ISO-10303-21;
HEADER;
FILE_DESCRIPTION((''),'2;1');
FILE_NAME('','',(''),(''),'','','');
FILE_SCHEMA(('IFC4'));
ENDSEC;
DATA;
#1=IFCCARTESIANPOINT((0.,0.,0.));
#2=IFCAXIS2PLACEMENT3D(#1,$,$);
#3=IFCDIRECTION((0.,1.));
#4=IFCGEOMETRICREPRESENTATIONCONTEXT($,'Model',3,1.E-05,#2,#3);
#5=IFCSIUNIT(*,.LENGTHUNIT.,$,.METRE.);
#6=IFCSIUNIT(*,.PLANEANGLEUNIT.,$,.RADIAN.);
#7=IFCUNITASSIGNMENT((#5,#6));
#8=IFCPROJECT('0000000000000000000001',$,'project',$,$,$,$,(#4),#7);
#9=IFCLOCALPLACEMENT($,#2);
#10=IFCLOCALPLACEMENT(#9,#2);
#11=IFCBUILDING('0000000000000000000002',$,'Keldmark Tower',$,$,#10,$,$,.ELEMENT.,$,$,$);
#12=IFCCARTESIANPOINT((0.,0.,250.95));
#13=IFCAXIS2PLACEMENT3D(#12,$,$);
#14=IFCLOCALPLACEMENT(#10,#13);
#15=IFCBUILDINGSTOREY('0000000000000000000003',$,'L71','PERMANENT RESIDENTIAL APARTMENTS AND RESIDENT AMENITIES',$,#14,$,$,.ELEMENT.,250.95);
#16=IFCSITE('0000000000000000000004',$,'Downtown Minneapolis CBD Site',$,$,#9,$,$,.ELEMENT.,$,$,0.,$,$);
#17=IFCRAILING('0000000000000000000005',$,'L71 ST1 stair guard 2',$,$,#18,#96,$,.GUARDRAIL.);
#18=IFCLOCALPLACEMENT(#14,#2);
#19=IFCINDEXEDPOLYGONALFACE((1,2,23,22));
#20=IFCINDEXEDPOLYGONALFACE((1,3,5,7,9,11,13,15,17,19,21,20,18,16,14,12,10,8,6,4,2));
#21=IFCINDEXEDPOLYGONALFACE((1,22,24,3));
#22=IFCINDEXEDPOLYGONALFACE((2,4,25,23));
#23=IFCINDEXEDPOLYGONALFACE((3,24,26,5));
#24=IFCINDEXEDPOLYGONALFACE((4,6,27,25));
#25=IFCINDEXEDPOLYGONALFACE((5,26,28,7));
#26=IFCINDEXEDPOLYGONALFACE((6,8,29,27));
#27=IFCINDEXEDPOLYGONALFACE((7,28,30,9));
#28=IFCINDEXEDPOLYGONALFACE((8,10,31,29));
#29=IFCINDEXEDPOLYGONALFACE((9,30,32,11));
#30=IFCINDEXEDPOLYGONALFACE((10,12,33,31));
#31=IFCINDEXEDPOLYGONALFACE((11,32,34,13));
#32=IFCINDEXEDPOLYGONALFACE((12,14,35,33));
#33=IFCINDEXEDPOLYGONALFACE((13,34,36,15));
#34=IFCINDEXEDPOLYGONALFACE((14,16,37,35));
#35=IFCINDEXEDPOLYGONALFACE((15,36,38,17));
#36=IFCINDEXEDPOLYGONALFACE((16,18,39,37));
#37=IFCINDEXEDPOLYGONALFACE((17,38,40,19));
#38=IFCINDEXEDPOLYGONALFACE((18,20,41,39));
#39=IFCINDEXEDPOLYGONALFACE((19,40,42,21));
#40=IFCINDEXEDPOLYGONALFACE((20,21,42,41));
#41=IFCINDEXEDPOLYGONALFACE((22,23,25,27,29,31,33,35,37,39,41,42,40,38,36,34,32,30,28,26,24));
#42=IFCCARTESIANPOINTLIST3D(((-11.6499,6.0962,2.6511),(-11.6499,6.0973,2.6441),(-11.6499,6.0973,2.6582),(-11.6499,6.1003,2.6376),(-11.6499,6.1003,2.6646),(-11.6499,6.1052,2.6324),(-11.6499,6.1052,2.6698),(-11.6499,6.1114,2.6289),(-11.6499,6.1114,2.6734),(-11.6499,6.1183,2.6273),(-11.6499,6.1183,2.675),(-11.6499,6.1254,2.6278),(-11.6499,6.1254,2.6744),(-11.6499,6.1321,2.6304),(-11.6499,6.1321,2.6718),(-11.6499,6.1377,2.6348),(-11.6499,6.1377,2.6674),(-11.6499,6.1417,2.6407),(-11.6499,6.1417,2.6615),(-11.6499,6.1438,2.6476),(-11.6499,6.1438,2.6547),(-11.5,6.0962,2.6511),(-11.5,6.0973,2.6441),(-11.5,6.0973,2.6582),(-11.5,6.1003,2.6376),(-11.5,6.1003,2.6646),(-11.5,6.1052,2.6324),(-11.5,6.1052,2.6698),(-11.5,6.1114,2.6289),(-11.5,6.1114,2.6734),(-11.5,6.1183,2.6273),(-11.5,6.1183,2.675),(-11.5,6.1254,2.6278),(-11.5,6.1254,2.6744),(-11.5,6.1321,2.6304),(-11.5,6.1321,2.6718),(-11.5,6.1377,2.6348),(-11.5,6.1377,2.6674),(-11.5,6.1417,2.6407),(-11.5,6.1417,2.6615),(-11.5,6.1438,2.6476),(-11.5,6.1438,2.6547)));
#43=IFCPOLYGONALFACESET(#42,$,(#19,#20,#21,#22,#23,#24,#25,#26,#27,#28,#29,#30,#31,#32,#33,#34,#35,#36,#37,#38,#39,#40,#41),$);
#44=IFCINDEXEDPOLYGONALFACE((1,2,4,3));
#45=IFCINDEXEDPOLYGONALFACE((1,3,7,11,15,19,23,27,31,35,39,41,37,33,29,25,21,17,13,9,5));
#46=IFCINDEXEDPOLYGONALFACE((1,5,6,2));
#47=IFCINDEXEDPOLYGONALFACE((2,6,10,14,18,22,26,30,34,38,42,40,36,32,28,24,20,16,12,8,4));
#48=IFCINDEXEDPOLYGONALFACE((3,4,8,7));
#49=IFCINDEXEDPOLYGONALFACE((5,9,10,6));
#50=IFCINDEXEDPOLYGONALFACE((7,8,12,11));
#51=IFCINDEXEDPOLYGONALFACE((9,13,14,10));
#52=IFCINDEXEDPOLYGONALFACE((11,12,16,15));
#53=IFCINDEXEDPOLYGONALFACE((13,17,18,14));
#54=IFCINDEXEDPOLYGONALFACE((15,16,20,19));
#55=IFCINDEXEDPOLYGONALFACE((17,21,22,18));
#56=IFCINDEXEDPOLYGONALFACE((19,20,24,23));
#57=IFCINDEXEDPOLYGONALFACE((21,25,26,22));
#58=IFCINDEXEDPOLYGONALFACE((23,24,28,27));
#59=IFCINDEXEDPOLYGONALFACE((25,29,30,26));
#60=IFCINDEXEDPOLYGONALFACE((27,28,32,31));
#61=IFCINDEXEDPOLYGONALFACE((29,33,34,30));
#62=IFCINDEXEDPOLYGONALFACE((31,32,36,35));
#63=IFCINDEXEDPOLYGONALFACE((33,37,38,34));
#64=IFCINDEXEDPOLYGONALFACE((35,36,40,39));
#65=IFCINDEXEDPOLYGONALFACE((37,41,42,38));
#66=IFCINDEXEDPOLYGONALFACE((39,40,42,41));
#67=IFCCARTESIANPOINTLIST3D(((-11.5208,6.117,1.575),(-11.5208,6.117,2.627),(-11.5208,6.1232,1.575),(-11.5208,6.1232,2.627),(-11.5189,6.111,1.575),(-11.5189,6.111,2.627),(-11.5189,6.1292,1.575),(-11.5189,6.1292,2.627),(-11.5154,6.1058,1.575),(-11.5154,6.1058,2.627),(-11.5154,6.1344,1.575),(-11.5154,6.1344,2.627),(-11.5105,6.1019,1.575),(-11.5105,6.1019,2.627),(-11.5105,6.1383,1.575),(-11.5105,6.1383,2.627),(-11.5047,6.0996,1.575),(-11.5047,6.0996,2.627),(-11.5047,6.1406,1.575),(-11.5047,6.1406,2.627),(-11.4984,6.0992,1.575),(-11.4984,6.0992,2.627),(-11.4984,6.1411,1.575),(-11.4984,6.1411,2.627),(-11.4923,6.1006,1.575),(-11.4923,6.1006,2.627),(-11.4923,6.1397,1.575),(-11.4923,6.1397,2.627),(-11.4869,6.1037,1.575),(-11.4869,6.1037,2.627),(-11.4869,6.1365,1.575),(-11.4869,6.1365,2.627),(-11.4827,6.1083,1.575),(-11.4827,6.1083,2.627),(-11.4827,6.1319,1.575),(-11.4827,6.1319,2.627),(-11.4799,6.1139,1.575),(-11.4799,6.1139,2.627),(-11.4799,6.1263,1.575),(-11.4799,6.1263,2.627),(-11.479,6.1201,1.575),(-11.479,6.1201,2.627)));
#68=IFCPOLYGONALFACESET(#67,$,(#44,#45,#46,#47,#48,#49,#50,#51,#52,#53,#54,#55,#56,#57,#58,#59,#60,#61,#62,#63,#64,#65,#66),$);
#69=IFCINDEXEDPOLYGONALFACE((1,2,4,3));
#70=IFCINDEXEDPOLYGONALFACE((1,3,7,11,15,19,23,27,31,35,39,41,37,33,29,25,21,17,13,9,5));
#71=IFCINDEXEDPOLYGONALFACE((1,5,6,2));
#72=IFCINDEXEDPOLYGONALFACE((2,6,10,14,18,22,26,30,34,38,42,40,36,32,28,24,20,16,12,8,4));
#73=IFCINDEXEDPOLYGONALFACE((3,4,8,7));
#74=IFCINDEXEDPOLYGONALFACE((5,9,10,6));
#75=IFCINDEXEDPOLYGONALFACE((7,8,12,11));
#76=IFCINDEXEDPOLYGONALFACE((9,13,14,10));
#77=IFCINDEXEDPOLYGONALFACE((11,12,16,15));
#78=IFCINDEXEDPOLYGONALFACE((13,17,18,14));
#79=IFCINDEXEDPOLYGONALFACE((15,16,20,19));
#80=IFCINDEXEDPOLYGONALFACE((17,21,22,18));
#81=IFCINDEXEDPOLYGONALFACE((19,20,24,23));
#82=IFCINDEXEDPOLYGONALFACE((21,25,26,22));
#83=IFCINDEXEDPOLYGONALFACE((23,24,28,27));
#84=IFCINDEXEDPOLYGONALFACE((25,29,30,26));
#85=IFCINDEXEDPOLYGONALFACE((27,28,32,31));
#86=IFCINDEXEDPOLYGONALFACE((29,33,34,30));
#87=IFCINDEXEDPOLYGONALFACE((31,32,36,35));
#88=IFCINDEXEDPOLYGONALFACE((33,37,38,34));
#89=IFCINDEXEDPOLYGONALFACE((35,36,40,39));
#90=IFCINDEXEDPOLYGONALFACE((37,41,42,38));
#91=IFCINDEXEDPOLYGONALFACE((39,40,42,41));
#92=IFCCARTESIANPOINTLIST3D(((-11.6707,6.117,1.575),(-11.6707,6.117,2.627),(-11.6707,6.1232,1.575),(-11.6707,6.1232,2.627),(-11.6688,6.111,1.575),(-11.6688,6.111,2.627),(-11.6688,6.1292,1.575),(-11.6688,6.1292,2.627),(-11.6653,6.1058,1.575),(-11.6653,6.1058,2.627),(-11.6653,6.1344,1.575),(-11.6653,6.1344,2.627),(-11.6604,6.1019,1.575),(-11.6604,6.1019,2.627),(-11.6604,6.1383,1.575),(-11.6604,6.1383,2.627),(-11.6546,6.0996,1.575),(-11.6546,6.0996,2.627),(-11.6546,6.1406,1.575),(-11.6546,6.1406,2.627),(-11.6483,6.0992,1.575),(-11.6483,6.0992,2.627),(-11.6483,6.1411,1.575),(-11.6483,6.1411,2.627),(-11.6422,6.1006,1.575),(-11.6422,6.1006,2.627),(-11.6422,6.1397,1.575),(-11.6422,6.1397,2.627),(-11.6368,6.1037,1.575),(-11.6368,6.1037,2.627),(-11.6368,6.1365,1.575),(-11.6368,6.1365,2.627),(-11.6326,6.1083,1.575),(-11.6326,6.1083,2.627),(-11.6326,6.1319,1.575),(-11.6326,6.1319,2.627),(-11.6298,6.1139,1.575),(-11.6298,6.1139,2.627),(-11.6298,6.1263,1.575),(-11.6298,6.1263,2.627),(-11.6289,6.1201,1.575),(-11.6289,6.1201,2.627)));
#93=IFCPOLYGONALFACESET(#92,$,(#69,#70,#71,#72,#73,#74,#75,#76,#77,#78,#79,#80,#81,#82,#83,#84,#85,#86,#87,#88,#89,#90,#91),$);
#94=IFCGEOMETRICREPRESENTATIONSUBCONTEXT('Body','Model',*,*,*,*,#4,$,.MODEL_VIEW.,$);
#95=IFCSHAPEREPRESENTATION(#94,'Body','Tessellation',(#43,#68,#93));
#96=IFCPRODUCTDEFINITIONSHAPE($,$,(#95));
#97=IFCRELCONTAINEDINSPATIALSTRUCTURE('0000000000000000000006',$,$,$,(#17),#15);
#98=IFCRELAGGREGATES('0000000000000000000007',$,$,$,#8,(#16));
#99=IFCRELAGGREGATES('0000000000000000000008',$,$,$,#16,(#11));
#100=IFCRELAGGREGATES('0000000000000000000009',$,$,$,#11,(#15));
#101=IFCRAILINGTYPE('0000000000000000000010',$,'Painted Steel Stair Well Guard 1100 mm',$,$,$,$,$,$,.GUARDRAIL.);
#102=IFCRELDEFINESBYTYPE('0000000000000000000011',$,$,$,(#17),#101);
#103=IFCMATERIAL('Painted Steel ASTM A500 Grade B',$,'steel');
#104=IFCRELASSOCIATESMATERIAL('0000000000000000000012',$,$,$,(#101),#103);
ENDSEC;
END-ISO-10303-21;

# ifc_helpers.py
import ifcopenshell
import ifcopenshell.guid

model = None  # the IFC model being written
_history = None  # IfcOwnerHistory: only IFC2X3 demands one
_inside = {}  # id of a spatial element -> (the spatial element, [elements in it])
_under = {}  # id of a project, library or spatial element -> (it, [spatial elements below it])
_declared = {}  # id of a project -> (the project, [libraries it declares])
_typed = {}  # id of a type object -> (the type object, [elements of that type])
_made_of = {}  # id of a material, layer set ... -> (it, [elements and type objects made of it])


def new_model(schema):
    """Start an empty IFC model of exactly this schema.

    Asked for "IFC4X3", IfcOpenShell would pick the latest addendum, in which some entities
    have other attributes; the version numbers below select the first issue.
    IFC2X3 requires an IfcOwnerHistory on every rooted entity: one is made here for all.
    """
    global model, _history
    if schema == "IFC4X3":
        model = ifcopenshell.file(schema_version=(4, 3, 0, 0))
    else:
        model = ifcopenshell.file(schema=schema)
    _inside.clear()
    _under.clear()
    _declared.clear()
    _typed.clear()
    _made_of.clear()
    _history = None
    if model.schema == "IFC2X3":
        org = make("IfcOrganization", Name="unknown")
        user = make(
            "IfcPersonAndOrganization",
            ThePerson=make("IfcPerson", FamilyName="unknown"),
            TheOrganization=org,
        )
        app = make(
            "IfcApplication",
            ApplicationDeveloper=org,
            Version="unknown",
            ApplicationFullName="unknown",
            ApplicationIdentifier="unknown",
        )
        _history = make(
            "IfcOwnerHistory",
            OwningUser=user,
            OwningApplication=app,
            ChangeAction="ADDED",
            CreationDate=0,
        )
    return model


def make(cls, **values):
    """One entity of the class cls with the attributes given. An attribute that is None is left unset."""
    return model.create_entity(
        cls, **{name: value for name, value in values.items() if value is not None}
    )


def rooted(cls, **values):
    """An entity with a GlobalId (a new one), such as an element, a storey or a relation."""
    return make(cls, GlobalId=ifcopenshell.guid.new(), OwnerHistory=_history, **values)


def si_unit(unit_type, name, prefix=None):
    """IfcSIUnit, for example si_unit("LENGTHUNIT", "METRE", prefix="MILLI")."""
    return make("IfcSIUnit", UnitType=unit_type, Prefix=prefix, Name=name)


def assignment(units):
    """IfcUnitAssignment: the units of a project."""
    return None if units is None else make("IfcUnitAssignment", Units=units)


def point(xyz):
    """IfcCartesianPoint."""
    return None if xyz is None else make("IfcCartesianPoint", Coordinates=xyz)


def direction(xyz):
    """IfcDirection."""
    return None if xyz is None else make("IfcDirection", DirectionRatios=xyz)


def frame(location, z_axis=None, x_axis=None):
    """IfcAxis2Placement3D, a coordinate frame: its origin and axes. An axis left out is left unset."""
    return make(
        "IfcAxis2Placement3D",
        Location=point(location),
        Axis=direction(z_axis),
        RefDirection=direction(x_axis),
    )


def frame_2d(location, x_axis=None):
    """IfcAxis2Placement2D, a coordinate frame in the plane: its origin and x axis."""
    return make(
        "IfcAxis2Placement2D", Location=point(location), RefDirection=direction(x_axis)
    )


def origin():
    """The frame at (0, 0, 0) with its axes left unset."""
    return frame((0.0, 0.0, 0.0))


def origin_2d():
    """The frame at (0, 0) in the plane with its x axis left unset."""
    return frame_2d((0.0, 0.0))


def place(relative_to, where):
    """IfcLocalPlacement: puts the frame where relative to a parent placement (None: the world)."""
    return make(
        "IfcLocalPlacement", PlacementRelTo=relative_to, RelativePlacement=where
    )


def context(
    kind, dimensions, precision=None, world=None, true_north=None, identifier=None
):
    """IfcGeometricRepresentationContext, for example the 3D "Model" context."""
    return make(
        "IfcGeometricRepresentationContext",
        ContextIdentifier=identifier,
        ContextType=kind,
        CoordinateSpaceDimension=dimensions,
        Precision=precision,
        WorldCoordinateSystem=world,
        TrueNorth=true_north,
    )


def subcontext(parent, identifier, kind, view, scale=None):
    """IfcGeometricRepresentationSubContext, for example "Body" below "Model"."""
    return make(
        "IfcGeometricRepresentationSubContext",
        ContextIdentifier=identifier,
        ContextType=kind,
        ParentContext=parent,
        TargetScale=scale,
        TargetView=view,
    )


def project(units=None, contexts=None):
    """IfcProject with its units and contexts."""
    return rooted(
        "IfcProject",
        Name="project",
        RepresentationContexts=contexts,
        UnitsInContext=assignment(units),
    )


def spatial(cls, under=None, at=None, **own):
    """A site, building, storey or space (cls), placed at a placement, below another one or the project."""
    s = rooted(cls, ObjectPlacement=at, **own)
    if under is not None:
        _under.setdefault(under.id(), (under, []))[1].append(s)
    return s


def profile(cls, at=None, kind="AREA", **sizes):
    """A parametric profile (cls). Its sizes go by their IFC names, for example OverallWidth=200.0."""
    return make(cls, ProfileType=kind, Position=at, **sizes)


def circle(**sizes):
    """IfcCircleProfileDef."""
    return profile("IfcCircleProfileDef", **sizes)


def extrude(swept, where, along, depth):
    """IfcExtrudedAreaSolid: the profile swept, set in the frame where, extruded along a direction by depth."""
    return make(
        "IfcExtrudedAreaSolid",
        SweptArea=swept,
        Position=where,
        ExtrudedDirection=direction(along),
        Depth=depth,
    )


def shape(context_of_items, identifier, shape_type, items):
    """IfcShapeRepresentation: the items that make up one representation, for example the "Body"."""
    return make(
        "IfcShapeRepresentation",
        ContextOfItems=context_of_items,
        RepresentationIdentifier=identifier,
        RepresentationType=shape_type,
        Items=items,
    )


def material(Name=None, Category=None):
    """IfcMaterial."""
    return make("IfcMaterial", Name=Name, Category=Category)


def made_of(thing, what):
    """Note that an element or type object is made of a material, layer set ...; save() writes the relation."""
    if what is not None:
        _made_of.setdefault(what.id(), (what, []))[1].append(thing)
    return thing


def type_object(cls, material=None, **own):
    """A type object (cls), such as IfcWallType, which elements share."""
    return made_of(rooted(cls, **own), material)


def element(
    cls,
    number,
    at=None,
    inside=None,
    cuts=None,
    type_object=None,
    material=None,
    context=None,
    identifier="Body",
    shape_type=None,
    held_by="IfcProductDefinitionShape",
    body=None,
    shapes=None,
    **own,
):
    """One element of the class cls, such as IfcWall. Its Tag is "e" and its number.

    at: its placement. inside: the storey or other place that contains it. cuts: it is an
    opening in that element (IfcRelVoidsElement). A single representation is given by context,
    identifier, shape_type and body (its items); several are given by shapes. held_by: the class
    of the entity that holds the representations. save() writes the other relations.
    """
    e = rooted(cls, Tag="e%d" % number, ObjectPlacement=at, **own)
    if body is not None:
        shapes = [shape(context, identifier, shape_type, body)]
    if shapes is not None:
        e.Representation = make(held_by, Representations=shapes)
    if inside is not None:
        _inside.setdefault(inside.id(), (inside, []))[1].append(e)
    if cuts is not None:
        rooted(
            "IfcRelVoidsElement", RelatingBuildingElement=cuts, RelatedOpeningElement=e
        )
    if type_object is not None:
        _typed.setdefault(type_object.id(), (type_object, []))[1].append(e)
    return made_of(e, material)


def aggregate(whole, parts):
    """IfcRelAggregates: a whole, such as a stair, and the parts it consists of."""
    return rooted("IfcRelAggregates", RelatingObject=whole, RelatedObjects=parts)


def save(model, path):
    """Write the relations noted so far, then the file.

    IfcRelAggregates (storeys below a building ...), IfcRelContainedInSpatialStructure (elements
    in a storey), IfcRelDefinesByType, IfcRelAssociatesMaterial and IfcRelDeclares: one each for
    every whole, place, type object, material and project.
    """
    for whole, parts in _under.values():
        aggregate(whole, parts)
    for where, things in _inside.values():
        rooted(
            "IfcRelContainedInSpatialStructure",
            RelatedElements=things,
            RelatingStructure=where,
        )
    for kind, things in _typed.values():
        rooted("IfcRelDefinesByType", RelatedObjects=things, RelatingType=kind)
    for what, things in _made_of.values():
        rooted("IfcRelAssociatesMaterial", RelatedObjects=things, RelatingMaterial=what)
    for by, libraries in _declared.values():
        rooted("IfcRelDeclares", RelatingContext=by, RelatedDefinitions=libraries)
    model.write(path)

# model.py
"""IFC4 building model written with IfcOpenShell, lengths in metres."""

from ifc_helpers import new_model, si_unit, direction, frame, origin, origin_2d, place, context, subcontext, project, spatial, circle, extrude, material, type_object, element, save


model = new_model("IFC4")

# Units and contexts
model_context = context("Model", 3, precision=1e-05, world=origin(), true_north=direction((0.0, 1.0)))
body_context = subcontext(model_context, "Body", "Model", "MODEL_VIEW")
ifc_project = project(units=[si_unit("LENGTHUNIT", "METRE"), si_unit("PLANEANGLEUNIT", "RADIAN")], contexts=[model_context])

# Site, building, storey
site_placement = place(None, origin())
site = spatial("IfcSite", under=ifc_project, at=site_placement, Name="Downtown Minneapolis CBD Site", CompositionType="ELEMENT", RefElevation=0.0)
building_placement = place(site_placement, origin())
building = spatial("IfcBuilding", under=site, at=building_placement, Name="Keldmark Tower", CompositionType="ELEMENT")
storey_placement = place(building_placement, frame((0.0, 0.0, 250.95)))
storey = spatial("IfcBuildingStorey", under=building, at=storey_placement, Name="L71", Description="PERMANENT RESIDENTIAL APARTMENTS AND RESIDENT AMENITIES", CompositionType="ELEMENT", Elevation=250.95)

# Railing
ifc_material_1 = material(Name="Painted Steel ASTM A500 Grade B", Category="steel")
railing_type_1 = type_object("IfcRailingType", Name="Painted Steel Stair Well Guard 1100 mm", PredefinedType="GUARDRAIL", material=ifc_material_1)
railing_1_placement = place(storey_placement, frame((-11.5, 6.1201, 1.575)))
element("IfcRailing", 1, at=railing_1_placement, inside=storey, type_object=railing_type_1, Name="L71 ST1 stair guard 2", PredefinedType="GUARDRAIL", context=body_context, shape_type="SweptSolid", body=[
    extrude(circle(Radius=0.0239, at=origin_2d()), frame((0.0, 0.0, 1.0762), z_axis=(-1.0, 0.0, 0.0), x_axis=(0.0, -1.0, 0.0)), (0.0, 0.0, 1.0), 0.1499),
    extrude(circle(Radius=0.021, at=origin_2d()), origin(), (0.0, 0.0, 1.0), 1.052),
    extrude(circle(Radius=0.021, at=origin_2d()), frame((-0.1499, 0.0, 0.0)), (0.0, 0.0, 1.0), 1.052),
])

save(model, "model.ifc")
